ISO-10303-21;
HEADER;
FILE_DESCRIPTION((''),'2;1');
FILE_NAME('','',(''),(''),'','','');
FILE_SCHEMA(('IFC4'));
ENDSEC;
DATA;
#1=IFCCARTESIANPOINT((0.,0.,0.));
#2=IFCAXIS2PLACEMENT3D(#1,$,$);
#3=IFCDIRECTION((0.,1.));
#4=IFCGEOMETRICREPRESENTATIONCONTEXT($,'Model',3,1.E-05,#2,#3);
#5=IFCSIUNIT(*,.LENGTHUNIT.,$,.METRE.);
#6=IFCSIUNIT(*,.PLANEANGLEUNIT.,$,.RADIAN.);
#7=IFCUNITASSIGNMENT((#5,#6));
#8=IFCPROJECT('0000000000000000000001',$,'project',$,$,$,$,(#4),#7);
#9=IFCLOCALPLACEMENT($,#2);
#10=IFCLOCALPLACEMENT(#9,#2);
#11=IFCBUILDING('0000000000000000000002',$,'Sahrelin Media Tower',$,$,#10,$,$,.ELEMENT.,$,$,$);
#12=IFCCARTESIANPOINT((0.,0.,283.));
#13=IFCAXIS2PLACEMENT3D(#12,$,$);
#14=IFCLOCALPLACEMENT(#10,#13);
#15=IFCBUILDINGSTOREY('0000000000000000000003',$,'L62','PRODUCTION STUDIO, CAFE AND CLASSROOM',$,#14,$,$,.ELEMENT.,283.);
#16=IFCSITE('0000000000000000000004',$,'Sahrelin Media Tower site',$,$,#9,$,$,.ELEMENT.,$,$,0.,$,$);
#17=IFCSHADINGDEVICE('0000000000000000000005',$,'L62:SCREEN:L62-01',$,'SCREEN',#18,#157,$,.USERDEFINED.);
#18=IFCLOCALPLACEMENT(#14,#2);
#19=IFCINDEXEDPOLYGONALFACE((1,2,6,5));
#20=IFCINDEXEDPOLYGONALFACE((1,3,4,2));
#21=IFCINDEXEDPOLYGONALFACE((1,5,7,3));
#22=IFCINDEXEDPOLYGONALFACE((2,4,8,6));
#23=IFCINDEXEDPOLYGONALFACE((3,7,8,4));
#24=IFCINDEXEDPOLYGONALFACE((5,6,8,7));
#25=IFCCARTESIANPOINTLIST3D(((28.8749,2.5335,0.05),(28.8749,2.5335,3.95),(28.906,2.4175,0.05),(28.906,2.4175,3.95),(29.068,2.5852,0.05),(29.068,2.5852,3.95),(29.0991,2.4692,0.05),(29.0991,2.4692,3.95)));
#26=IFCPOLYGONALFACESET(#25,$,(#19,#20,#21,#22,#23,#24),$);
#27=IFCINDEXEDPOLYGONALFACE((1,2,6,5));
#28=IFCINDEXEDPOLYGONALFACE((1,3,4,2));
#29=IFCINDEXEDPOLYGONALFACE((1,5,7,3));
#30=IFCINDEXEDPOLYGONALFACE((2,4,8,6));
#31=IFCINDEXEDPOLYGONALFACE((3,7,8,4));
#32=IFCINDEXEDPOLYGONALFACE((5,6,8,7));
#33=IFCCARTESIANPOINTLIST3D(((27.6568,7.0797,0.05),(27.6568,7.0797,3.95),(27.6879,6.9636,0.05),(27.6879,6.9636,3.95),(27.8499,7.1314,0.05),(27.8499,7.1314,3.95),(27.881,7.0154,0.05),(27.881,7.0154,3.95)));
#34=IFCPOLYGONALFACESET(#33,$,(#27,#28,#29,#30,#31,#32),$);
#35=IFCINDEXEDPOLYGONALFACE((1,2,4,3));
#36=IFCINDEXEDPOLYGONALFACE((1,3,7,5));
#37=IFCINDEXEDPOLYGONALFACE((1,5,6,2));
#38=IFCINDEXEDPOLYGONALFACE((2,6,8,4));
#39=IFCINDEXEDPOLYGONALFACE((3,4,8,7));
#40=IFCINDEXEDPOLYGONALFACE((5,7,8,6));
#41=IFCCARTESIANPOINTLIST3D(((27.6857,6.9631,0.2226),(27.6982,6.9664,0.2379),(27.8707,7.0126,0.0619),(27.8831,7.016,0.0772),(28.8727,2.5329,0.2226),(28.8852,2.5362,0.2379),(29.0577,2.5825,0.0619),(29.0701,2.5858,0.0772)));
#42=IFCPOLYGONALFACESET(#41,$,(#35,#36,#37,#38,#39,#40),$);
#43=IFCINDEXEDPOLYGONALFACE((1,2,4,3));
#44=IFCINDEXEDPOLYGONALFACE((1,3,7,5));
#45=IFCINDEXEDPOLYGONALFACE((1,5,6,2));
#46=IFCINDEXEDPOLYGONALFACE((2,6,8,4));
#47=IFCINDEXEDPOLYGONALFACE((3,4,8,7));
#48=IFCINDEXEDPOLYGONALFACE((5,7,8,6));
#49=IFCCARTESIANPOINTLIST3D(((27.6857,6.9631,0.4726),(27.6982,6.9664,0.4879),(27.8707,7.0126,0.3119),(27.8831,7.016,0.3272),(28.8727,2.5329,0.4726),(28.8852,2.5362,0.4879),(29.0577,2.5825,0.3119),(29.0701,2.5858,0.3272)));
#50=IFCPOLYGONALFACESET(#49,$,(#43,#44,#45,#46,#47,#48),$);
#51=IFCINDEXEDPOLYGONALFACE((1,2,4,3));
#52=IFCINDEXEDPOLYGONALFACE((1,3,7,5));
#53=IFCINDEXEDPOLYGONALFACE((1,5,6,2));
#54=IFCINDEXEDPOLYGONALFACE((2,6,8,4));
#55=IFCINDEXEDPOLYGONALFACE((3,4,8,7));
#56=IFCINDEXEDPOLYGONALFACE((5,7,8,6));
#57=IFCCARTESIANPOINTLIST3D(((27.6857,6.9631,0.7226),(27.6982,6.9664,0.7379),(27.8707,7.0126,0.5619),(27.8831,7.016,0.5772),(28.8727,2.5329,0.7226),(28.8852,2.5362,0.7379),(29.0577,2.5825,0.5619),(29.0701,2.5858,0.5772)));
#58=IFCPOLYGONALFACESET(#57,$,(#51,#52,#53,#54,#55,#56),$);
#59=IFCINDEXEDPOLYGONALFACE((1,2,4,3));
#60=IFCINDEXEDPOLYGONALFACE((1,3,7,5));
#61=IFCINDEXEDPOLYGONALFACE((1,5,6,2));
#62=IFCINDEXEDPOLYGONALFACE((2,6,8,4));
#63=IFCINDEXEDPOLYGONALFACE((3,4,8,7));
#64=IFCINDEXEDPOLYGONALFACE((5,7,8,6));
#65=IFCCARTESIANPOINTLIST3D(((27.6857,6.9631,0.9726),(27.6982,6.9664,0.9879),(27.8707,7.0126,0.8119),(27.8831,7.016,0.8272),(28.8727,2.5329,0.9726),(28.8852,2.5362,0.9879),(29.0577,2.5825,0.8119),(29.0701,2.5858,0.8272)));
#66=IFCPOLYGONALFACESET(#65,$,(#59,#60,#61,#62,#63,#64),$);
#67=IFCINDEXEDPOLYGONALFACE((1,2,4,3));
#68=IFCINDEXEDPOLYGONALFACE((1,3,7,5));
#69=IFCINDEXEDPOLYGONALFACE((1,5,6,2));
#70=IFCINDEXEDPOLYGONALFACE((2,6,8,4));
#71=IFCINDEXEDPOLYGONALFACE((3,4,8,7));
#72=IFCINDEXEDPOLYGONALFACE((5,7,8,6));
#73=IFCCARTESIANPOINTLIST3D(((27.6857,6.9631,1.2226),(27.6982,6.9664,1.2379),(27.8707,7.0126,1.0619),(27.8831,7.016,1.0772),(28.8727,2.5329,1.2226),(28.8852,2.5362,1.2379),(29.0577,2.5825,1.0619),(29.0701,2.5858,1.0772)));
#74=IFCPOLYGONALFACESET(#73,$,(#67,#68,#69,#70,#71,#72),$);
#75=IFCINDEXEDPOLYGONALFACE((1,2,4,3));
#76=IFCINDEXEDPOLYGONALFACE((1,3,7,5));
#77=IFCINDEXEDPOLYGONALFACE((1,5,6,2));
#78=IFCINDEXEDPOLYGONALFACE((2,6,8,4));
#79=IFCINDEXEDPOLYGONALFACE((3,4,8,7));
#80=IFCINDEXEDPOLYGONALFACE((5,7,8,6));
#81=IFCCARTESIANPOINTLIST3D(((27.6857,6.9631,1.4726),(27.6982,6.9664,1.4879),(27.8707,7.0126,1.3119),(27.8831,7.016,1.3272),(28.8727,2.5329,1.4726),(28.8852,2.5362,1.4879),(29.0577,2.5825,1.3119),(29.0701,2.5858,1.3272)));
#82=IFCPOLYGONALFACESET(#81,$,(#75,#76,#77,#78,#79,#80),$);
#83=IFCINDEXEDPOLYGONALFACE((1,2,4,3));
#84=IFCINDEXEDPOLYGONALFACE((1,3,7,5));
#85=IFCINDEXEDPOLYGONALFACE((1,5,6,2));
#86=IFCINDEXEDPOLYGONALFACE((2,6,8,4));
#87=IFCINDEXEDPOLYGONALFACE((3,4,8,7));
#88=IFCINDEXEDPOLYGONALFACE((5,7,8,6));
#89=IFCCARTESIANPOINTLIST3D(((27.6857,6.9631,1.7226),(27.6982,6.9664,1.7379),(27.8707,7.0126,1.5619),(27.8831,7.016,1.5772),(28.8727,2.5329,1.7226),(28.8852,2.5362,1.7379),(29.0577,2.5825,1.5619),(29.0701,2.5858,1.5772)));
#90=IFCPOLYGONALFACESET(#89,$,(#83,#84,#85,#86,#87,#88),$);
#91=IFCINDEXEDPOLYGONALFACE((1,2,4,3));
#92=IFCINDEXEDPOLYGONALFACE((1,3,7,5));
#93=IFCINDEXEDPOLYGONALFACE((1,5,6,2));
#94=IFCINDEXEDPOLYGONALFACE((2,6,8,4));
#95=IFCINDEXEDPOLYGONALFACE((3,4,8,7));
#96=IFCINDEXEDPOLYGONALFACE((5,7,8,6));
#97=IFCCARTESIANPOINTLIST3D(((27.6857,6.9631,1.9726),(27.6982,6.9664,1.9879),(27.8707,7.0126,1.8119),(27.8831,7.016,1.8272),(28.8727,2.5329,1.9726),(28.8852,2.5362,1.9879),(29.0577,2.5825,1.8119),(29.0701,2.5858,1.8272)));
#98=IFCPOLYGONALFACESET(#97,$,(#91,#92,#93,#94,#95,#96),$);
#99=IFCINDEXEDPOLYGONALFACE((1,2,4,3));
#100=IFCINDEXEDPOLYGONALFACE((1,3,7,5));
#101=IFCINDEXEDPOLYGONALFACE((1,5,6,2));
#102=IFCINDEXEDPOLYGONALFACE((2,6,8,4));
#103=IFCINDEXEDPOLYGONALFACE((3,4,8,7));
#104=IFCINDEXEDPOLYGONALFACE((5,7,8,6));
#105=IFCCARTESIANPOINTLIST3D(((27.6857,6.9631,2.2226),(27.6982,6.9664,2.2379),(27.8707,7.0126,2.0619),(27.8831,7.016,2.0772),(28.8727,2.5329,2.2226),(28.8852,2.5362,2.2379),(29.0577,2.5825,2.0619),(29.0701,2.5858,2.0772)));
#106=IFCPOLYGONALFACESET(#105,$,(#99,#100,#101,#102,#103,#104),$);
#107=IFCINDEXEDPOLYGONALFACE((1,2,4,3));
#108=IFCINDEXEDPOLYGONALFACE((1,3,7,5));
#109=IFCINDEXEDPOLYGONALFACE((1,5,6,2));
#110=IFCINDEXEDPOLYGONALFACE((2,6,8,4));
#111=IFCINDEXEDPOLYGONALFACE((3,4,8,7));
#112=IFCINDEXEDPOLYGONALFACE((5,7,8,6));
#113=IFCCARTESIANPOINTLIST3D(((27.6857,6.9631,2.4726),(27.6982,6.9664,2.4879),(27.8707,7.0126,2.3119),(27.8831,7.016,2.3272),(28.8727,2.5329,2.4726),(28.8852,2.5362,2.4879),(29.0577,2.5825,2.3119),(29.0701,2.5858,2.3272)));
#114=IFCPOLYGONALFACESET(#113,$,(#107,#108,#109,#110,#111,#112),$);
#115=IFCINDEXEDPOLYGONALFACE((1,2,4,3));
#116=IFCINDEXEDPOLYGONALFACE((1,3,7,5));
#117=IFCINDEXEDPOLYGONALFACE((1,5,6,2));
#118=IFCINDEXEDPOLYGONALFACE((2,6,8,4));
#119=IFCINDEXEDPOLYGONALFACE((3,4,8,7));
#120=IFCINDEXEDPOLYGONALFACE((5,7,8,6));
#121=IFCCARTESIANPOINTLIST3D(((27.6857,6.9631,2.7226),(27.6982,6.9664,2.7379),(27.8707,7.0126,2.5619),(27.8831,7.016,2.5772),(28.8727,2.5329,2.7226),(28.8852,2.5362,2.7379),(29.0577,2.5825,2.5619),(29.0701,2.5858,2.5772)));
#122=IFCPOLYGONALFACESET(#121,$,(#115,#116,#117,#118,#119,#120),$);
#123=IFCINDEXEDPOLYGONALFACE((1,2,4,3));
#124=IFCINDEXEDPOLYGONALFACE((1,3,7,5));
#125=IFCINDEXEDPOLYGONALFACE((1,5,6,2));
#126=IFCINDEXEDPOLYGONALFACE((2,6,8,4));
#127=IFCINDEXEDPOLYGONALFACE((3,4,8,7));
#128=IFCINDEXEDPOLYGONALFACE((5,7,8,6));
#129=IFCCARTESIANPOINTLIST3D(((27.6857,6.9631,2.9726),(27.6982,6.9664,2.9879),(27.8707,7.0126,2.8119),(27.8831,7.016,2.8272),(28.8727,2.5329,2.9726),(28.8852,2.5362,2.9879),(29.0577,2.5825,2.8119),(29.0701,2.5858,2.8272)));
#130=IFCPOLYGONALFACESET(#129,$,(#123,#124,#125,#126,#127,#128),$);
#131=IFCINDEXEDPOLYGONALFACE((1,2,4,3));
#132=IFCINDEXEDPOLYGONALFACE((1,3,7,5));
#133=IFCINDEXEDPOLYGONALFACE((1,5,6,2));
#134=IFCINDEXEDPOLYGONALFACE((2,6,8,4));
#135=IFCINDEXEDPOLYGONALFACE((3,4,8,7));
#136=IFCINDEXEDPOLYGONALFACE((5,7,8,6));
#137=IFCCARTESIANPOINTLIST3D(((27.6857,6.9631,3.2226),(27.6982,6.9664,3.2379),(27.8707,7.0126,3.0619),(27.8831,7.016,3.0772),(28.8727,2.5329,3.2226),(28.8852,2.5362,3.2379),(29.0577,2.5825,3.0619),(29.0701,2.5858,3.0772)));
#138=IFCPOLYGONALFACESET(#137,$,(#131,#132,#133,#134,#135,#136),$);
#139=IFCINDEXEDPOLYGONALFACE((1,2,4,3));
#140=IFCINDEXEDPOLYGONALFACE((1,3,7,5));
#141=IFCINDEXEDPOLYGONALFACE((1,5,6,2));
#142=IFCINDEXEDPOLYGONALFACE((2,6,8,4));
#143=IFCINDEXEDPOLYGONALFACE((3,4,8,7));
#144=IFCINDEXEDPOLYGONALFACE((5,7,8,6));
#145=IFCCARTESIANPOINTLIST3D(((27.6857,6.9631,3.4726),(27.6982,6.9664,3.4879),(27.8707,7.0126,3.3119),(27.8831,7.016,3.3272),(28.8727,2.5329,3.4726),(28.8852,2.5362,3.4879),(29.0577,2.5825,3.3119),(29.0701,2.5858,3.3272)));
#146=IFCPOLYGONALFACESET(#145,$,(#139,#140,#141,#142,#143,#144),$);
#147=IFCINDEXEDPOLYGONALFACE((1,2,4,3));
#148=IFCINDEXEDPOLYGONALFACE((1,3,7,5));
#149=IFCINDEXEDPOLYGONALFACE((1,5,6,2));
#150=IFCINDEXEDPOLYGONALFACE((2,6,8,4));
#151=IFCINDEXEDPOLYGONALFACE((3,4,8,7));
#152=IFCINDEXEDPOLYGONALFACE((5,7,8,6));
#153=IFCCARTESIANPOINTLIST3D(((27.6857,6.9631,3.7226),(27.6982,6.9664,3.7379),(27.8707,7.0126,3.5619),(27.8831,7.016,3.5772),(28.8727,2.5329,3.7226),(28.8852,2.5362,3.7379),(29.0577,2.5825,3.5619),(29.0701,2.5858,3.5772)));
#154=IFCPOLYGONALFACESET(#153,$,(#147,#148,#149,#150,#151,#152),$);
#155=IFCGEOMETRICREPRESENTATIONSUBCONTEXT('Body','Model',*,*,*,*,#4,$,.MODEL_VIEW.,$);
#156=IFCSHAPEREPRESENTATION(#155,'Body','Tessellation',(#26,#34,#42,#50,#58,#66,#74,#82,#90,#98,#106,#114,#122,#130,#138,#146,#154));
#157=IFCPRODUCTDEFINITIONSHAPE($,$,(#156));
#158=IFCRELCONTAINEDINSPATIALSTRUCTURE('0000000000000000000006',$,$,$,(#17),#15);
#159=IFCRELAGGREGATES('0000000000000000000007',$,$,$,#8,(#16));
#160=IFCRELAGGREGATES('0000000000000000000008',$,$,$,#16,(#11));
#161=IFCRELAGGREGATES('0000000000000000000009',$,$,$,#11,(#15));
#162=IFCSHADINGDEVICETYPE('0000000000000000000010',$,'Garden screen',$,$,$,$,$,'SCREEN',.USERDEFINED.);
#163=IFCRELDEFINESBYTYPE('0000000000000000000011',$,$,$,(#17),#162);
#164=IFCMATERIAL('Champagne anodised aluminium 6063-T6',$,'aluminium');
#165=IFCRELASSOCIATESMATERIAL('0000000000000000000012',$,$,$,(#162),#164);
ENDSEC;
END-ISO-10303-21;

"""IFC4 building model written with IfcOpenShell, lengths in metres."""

from ifc_helpers import new_model, si_unit, direction, frame, origin, origin_2d, place, context, subcontext, project, spatial, rectangle, extrude, material, type_object, element, save


model = new_model("IFC4")

# Units and contexts
model_context = context("Model", 3, precision=1e-05, world=origin(), true_north=direction((0.0, 1.0)))
body_context = subcontext(model_context, "Body", "Model", "MODEL_VIEW")
ifc_project = project(units=[si_unit("LENGTHUNIT", "METRE"), si_unit("PLANEANGLEUNIT", "RADIAN")], contexts=[model_context])

# Site, building, storey
site_placement = place(None, origin())
site = spatial("IfcSite", under=ifc_project, at=site_placement, Name="Sahrelin Media Tower site", CompositionType="ELEMENT", RefElevation=0.0)
building_placement = place(site_placement, origin())
building = spatial("IfcBuilding", under=site, at=building_placement, Name="Sahrelin Media Tower", CompositionType="ELEMENT")
storey_placement = place(building_placement, frame((0.0, 0.0, 283.0)))
storey = spatial("IfcBuildingStorey", under=building, at=storey_placement, Name="L62", Description="PRODUCTION STUDIO, CAFE AND CLASSROOM", CompositionType="ELEMENT", Elevation=283.0)

# Shared definitions
ifc_material_1 = material(Name="Champagne anodised aluminium 6063-T6", Category="aluminium")

# Shading device
shading_device_type_1 = type_object("IfcShadingDeviceType", Name="Garden screen", ElementType="SCREEN", PredefinedType="USERDEFINED", material=ifc_material_1)
shading_device_1_placement = place(storey_placement, frame((28.2812, 4.7485, 0.0), z_axis=(0.0, 0.0, 1.0), x_axis=(0.258808, -0.965929, 0.0)))
element("IfcShadingDevice", 1, at=shading_device_1_placement, inside=storey, type_object=shading_device_type_1, Name="L62:SCREEN:L62-01", ObjectType="SCREEN", PredefinedType="USERDEFINED", context=body_context, shape_type="SweptSolid", body=[
    extrude(rectangle(XDim=0.1201, YDim=0.2, at=origin_2d()), frame((2.3533, 0.1001, 0.05), z_axis=(0.0, 0.0, 1.0), x_axis=(1.0, 0.0, 0.0)), (0.0, 0.0, 1.0), 3.8999),
    extrude(rectangle(XDim=0.1201, YDim=0.2, at=origin_2d()), frame((-2.3533, 0.1001, 0.05), z_axis=(0.0, 0.0, 1.0), x_axis=(1.0, 0.0, 0.0)), (0.0, 0.0, 1.0), 3.8999),
    extrude(rectangle(XDim=0.25, YDim=0.02, at=origin_2d()), frame((2.2932, 0.1001, 0.1499), z_axis=(-1.0, 0.0, 0.0), x_axis=(0.0, -0.766044, 0.642788)), (0.0, 0.0, 1.0), 4.5864),
    extrude(rectangle(XDim=0.25, YDim=0.02, at=origin_2d()), frame((2.2932, 0.1001, 0.3999), z_axis=(-1.0, 0.0, 0.0), x_axis=(0.0, -0.766044, 0.642788)), (0.0, 0.0, 1.0), 4.5864),
    extrude(rectangle(XDim=0.25, YDim=0.02, at=origin_2d()), frame((2.2932, 0.1001, 0.6499), z_axis=(-1.0, 0.0, 0.0), x_axis=(0.0, -0.766044, 0.642788)), (0.0, 0.0, 1.0), 4.5864),
    extrude(rectangle(XDim=0.25, YDim=0.02, at=origin_2d()), frame((2.2932, 0.1001, 0.8999), z_axis=(-1.0, 0.0, 0.0), x_axis=(0.0, -0.766044, 0.642788)), (0.0, 0.0, 1.0), 4.5864),
    extrude(rectangle(XDim=0.25, YDim=0.02, at=origin_2d()), frame((2.2932, 0.1001, 1.1499), z_axis=(-1.0, 0.0, 0.0), x_axis=(0.0, -0.766044, 0.642788)), (0.0, 0.0, 1.0), 4.5864),
    extrude(rectangle(XDim=0.25, YDim=0.02, at=origin_2d()), frame((2.2932, 0.1001, 1.3999), z_axis=(-1.0, 0.0, 0.0), x_axis=(0.0, -0.766044, 0.642788)), (0.0, 0.0, 1.0), 4.5864),
    extrude(rectangle(XDim=0.25, YDim=0.02, at=origin_2d()), frame((2.2932, 0.1001, 1.6499), z_axis=(-1.0, 0.0, 0.0), x_axis=(0.0, -0.766044, 0.642788)), (0.0, 0.0, 1.0), 4.5864),
    extrude(rectangle(XDim=0.25, YDim=0.02, at=origin_2d()), frame((2.2932, 0.1001, 1.8999), z_axis=(-1.0, 0.0, 0.0), x_axis=(0.0, -0.766044, 0.642788)), (0.0, 0.0, 1.0), 4.5864),
    extrude(rectangle(XDim=0.25, YDim=0.02, at=origin_2d()), frame((2.2932, 0.1001, 2.1499), z_axis=(-1.0, 0.0, 0.0), x_axis=(0.0, -0.766044, 0.642788)), (0.0, 0.0, 1.0), 4.5864),
    extrude(rectangle(XDim=0.25, YDim=0.02, at=origin_2d()), frame((2.2932, 0.1001, 2.3999), z_axis=(-1.0, 0.0, 0.0), x_axis=(0.0, -0.766044, 0.642788)), (0.0, 0.0, 1.0), 4.5864),
    extrude(rectangle(XDim=0.25, YDim=0.02, at=origin_2d()), frame((2.2932, 0.1001, 2.6499), z_axis=(-1.0, 0.0, 0.0), x_axis=(0.0, -0.766044, 0.642788)), (0.0, 0.0, 1.0), 4.5864),
    extrude(rectangle(XDim=0.25, YDim=0.02, at=origin_2d()), frame((2.2932, 0.1001, 2.8999), z_axis=(-1.0, 0.0, 0.0), x_axis=(0.0, -0.766044, 0.642788)), (0.0, 0.0, 1.0), 4.5864),
    extrude(rectangle(XDim=0.25, YDim=0.02, at=origin_2d()), frame((2.2932, 0.1001, 3.1499), z_axis=(-1.0, 0.0, 0.0), x_axis=(0.0, -0.766044, 0.642788)), (0.0, 0.0, 1.0), 4.5864),
    extrude(rectangle(XDim=0.25, YDim=0.02, at=origin_2d()), frame((2.2932, 0.1001, 3.3999), z_axis=(-1.0, 0.0, 0.0), x_axis=(0.0, -0.766044, 0.642788)), (0.0, 0.0, 1.0), 4.5864),
    extrude(rectangle(XDim=0.25, YDim=0.02, at=origin_2d()), frame((2.2932, 0.1001, 3.6499), z_axis=(-1.0, 0.0, 0.0), x_axis=(0.0, -0.766044, 0.642788)), (0.0, 0.0, 1.0), 4.5864),
])

save(model, "model.ifc")
